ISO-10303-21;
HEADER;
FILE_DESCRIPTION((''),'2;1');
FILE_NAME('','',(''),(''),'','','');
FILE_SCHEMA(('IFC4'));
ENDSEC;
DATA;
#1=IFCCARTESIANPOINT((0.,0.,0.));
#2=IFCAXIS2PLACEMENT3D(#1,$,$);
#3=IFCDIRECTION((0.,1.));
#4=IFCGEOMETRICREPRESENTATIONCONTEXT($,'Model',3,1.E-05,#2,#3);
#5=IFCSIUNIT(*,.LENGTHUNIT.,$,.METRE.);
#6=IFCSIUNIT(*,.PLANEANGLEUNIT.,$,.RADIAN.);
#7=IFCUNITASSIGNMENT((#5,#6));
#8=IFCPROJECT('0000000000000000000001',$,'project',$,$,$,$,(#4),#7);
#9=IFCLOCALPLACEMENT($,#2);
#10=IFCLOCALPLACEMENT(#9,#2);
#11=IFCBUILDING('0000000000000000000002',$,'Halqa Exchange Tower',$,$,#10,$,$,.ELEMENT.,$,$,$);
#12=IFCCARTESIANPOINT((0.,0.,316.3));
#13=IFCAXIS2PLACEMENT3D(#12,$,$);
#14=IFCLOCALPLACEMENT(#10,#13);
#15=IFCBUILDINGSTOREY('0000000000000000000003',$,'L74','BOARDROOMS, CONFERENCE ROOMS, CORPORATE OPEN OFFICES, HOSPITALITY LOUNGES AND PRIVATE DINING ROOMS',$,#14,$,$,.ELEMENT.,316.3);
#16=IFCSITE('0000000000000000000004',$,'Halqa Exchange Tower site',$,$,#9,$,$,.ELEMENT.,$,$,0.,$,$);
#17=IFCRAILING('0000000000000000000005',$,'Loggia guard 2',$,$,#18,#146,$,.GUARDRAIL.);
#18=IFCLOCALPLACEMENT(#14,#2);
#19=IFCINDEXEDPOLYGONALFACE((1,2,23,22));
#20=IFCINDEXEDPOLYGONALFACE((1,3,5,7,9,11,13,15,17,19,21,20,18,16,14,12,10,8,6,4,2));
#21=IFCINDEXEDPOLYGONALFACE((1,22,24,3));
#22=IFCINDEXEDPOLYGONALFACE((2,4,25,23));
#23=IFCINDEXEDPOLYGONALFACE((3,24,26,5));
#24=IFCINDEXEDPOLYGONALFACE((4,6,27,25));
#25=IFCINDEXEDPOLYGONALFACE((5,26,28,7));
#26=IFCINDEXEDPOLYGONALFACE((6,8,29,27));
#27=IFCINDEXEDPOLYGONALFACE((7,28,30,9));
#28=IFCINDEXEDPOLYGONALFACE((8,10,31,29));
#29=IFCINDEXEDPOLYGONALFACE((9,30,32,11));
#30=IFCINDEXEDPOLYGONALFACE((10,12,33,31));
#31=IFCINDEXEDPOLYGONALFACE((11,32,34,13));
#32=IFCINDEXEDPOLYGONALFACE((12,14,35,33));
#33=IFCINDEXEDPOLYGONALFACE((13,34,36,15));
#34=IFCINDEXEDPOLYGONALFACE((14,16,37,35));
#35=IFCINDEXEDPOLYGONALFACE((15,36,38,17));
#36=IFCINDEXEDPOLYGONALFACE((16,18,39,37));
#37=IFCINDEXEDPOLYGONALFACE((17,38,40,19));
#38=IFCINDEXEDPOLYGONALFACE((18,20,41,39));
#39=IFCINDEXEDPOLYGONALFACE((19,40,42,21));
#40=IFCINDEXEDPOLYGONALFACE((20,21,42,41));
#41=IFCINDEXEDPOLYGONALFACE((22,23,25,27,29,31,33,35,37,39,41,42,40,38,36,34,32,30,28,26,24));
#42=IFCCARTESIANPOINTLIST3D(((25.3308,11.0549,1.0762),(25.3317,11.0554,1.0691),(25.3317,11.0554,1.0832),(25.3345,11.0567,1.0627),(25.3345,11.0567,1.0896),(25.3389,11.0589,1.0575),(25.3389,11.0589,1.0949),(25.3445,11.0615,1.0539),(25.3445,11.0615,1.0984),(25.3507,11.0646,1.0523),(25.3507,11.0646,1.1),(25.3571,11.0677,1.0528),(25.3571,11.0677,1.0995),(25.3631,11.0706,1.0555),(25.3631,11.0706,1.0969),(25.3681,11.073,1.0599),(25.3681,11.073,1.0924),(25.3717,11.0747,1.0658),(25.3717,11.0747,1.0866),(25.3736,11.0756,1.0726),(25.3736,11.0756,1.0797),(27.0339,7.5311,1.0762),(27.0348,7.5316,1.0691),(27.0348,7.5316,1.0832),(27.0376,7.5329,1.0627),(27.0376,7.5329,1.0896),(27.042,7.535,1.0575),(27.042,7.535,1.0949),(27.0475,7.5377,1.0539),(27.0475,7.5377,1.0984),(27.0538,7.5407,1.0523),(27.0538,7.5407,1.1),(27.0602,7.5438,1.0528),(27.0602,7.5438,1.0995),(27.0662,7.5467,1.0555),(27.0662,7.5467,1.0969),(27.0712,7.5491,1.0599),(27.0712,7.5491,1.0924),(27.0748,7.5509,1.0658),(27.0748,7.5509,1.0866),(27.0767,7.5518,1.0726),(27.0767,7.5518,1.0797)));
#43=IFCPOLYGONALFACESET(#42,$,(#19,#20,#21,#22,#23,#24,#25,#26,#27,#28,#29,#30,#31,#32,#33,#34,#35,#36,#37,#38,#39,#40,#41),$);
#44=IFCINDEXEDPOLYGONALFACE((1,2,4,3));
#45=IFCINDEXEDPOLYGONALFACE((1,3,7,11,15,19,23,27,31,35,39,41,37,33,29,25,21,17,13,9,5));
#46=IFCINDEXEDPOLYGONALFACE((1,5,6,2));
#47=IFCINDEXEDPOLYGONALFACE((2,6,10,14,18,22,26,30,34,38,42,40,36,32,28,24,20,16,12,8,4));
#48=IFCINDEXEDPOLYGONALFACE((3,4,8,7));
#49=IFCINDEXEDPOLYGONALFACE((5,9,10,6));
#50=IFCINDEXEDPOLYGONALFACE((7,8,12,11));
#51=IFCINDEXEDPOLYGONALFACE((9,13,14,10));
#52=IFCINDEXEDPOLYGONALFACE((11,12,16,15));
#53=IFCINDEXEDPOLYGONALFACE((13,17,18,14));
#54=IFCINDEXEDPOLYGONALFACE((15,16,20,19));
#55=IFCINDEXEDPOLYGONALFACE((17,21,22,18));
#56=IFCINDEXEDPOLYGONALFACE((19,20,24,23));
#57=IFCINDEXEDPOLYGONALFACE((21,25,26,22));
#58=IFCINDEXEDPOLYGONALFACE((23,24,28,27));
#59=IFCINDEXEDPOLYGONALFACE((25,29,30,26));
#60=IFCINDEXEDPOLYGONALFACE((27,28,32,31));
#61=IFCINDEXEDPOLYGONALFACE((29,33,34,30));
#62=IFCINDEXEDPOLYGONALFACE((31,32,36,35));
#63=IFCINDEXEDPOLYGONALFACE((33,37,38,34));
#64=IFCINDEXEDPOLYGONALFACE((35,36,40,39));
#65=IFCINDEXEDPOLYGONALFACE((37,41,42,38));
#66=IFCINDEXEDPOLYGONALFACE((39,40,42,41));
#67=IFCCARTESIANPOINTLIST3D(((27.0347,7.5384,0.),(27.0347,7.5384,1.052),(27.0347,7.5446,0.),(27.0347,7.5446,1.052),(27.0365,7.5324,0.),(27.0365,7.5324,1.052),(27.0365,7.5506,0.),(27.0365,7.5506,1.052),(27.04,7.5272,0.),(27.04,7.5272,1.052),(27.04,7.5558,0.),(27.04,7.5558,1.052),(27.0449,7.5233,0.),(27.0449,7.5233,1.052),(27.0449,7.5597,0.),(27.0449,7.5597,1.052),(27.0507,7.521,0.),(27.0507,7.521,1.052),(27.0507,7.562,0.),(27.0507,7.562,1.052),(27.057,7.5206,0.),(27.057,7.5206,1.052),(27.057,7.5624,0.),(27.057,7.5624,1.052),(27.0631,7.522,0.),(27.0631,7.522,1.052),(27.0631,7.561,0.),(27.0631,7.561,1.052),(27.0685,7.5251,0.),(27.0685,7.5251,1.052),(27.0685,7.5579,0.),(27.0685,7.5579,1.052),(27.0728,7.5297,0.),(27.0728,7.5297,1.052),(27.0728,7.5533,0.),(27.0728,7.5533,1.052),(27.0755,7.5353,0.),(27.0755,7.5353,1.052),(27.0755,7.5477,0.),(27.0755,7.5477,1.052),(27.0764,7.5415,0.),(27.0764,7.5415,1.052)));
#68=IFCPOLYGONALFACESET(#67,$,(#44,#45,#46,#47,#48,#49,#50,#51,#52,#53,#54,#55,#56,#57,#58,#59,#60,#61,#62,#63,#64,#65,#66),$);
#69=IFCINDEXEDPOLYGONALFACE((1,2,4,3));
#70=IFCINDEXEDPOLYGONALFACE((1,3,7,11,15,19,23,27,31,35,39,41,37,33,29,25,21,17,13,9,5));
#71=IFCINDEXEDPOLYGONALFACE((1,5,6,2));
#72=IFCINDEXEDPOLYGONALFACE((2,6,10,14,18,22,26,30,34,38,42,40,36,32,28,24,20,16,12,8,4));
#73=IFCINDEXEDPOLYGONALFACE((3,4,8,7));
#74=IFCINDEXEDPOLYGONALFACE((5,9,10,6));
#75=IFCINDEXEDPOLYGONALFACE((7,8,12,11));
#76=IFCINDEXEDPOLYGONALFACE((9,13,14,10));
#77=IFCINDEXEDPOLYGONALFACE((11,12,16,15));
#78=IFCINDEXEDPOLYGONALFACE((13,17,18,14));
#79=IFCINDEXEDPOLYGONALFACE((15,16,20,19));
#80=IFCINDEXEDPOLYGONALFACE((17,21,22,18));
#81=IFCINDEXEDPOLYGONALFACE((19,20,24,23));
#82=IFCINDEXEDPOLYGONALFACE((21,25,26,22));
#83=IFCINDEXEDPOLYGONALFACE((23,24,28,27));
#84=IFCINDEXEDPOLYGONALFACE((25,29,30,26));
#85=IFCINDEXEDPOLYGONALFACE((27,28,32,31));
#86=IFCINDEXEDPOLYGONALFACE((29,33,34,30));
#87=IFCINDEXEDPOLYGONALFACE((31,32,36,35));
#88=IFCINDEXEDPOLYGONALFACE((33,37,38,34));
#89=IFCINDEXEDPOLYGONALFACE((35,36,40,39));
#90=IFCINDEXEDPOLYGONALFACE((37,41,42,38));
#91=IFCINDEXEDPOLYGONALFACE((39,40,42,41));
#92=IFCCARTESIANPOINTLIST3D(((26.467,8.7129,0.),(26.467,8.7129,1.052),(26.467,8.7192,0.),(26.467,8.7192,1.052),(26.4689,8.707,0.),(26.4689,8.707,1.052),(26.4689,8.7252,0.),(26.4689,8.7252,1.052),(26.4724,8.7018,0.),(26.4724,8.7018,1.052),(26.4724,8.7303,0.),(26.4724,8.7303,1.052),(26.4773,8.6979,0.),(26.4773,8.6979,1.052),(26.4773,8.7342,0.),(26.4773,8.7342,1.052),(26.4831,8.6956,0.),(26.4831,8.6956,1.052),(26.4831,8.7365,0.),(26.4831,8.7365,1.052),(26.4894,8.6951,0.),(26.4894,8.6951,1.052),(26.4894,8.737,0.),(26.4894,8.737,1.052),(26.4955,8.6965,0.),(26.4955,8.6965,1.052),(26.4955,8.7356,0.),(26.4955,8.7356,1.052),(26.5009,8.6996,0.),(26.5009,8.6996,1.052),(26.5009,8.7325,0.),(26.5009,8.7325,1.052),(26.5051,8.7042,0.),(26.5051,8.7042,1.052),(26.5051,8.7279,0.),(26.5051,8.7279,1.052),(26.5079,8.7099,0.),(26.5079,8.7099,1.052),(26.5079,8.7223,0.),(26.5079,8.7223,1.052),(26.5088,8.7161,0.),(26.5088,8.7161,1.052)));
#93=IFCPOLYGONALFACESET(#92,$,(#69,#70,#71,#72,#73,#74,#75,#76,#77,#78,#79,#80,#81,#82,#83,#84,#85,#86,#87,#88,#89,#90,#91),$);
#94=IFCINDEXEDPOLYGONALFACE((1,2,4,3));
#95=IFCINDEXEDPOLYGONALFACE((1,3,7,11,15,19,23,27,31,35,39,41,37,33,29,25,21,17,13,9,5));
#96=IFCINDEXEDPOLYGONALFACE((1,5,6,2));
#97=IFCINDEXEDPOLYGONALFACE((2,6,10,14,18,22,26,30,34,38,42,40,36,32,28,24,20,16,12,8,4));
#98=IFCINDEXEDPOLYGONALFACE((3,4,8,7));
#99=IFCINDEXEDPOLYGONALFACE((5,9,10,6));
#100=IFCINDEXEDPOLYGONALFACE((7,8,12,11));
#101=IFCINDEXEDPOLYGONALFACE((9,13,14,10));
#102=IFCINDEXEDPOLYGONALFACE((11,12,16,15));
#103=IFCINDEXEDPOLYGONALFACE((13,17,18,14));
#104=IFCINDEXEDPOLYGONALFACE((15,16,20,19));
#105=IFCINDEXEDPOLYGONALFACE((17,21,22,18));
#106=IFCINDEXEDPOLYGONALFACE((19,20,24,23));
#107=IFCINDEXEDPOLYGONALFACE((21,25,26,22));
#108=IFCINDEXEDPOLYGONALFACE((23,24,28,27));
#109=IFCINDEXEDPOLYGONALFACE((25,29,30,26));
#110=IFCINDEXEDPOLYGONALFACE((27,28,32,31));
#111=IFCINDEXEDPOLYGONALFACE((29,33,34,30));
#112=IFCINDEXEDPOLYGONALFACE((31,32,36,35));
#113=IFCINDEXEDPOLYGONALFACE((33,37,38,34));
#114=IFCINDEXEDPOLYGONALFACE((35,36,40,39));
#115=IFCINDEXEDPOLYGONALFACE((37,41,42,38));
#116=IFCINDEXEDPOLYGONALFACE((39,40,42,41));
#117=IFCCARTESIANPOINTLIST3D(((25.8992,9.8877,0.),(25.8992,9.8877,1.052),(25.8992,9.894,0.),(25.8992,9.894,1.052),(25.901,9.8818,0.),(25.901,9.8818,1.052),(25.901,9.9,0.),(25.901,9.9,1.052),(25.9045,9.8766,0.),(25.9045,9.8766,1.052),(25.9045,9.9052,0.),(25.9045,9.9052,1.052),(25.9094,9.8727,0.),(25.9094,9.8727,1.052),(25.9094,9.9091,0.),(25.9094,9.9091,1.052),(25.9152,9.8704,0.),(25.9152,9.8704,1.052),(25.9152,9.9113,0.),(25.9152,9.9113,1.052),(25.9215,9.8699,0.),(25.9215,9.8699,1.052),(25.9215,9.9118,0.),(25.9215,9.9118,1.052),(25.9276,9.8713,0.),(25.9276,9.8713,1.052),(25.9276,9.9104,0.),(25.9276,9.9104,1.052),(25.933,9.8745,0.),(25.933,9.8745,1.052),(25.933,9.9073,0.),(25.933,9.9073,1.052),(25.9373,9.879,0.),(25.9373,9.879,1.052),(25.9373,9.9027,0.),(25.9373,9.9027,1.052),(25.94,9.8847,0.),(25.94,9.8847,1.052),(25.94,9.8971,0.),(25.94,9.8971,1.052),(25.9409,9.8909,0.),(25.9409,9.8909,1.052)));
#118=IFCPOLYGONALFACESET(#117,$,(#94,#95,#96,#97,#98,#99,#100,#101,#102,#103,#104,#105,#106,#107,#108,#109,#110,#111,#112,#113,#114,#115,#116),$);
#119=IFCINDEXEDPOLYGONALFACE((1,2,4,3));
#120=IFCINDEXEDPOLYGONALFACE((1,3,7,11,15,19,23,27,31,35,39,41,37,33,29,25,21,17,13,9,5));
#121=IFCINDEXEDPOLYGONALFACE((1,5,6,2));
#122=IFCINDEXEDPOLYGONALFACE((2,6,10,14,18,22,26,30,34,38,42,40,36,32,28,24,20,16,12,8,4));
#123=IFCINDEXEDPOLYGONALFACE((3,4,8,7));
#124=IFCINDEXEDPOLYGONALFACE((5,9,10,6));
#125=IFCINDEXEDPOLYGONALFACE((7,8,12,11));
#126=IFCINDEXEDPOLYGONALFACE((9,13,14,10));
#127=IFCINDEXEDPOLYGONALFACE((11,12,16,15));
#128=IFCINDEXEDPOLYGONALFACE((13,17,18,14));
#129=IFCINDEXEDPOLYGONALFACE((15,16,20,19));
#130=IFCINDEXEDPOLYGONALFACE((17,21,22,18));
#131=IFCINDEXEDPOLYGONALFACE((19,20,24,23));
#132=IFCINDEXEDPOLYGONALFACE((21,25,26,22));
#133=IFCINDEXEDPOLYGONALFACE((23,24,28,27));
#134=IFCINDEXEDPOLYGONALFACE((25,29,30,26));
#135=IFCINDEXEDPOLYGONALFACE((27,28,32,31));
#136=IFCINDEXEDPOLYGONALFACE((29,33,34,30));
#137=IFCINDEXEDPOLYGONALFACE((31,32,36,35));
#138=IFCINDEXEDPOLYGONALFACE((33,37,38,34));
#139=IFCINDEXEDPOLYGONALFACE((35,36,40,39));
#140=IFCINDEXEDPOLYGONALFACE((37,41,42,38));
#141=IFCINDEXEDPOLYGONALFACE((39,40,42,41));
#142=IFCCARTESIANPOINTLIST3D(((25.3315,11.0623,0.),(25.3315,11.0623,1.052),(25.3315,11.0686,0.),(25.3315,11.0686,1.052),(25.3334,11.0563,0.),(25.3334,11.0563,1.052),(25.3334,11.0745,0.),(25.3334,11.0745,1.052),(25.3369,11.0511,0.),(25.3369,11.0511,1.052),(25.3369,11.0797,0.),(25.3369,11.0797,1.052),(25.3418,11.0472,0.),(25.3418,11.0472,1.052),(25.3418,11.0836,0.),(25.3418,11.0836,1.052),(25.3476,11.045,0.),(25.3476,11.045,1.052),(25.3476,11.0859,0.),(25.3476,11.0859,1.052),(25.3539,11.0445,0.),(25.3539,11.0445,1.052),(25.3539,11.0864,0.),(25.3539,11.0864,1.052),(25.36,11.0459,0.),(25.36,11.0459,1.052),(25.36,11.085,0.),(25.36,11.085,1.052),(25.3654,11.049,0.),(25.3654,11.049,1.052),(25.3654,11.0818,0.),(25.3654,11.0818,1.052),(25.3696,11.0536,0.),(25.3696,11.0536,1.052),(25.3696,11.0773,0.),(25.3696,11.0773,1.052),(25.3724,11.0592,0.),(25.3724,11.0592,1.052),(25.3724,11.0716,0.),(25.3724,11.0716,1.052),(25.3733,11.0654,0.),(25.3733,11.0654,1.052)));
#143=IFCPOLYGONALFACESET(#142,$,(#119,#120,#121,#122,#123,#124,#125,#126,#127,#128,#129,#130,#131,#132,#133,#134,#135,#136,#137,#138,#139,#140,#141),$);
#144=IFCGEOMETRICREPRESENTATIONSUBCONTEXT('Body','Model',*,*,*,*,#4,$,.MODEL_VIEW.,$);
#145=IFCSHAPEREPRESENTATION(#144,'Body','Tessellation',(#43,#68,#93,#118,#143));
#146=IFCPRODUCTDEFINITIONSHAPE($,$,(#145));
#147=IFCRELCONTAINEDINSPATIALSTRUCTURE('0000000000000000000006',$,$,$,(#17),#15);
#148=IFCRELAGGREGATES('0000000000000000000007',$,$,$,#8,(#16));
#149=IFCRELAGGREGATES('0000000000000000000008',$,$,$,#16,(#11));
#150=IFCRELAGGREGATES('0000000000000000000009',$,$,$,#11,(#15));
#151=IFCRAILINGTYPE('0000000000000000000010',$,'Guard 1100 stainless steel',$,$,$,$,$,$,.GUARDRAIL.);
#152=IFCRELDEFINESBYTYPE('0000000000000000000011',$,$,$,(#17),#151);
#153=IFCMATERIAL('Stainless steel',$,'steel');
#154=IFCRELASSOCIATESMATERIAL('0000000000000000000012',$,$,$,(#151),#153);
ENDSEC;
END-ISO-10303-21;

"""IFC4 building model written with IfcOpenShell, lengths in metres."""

from ifc_helpers import new_model, si_unit, direction, frame, origin, origin_2d, place, context, subcontext, project, spatial, circle, extrude, material, type_object, element, save


model = new_model("IFC4")

# Units and contexts
model_context = context("Model", 3, precision=1e-05, world=origin(), true_north=direction((0.0, 1.0)))
body_context = subcontext(model_context, "Body", "Model", "MODEL_VIEW")
ifc_project = project(units=[si_unit("LENGTHUNIT", "METRE"), si_unit("PLANEANGLEUNIT", "RADIAN")], contexts=[model_context])

# Site, building, storey
site_placement = place(None, origin())
site = spatial("IfcSite", under=ifc_project, at=site_placement, Name="Halqa Exchange Tower site", CompositionType="ELEMENT", RefElevation=0.0)
building_placement = place(site_placement, origin())
building = spatial("IfcBuilding", under=site, at=building_placement, Name="Halqa Exchange Tower", CompositionType="ELEMENT")
storey_placement = place(building_placement, frame((0.0, 0.0, 316.3)))
storey = spatial("IfcBuildingStorey", under=building, at=storey_placement, Name="L74", Description="BOARDROOMS, CONFERENCE ROOMS, CORPORATE OPEN OFFICES, HOSPITALITY LOUNGES AND PRIVATE DINING ROOMS", CompositionType="ELEMENT", Elevation=316.3)

# Railing
ifc_material_1 = material(Name="Stainless steel", Category="steel")
railing_type = type_object("IfcRailingType", Name="Guard 1100 stainless steel", PredefinedType="GUARDRAIL", material=ifc_material_1)
railing_1_placement = place(storey_placement, frame((27.0554, 7.5415, 0.0)))
element("IfcRailing", 1, at=railing_1_placement, inside=storey, type_object=railing_type, Name="Loggia guard 2", PredefinedType="GUARDRAIL", context=body_context, shape_type="SweptSolid", body=[
    extrude(circle(Radius=0.0239, at=origin_2d()), frame((0.0, 0.0, 1.0762), z_axis=(-0.435147, 0.90036, 0.0), x_axis=(-0.90036, -0.435147, 0.0)), (0.0, 0.0, 1.0), 3.9138),
    extrude(circle(Radius=0.021, at=origin_2d()), origin(), (0.0, 0.0, 1.0), 1.052),
    extrude(circle(Radius=0.021, at=origin_2d()), frame((-0.5676, 1.1746, 0.0)), (0.0, 0.0, 1.0), 1.052),
    extrude(circle(Radius=0.021, at=origin_2d()), frame((-1.1355, 2.3494, 0.0)), (0.0, 0.0, 1.0), 1.052),
    extrude(circle(Radius=0.021, at=origin_2d()), frame((-1.7031, 3.5239, 0.0)), (0.0, 0.0, 1.0), 1.052),
])

save(model, "model.ifc")
